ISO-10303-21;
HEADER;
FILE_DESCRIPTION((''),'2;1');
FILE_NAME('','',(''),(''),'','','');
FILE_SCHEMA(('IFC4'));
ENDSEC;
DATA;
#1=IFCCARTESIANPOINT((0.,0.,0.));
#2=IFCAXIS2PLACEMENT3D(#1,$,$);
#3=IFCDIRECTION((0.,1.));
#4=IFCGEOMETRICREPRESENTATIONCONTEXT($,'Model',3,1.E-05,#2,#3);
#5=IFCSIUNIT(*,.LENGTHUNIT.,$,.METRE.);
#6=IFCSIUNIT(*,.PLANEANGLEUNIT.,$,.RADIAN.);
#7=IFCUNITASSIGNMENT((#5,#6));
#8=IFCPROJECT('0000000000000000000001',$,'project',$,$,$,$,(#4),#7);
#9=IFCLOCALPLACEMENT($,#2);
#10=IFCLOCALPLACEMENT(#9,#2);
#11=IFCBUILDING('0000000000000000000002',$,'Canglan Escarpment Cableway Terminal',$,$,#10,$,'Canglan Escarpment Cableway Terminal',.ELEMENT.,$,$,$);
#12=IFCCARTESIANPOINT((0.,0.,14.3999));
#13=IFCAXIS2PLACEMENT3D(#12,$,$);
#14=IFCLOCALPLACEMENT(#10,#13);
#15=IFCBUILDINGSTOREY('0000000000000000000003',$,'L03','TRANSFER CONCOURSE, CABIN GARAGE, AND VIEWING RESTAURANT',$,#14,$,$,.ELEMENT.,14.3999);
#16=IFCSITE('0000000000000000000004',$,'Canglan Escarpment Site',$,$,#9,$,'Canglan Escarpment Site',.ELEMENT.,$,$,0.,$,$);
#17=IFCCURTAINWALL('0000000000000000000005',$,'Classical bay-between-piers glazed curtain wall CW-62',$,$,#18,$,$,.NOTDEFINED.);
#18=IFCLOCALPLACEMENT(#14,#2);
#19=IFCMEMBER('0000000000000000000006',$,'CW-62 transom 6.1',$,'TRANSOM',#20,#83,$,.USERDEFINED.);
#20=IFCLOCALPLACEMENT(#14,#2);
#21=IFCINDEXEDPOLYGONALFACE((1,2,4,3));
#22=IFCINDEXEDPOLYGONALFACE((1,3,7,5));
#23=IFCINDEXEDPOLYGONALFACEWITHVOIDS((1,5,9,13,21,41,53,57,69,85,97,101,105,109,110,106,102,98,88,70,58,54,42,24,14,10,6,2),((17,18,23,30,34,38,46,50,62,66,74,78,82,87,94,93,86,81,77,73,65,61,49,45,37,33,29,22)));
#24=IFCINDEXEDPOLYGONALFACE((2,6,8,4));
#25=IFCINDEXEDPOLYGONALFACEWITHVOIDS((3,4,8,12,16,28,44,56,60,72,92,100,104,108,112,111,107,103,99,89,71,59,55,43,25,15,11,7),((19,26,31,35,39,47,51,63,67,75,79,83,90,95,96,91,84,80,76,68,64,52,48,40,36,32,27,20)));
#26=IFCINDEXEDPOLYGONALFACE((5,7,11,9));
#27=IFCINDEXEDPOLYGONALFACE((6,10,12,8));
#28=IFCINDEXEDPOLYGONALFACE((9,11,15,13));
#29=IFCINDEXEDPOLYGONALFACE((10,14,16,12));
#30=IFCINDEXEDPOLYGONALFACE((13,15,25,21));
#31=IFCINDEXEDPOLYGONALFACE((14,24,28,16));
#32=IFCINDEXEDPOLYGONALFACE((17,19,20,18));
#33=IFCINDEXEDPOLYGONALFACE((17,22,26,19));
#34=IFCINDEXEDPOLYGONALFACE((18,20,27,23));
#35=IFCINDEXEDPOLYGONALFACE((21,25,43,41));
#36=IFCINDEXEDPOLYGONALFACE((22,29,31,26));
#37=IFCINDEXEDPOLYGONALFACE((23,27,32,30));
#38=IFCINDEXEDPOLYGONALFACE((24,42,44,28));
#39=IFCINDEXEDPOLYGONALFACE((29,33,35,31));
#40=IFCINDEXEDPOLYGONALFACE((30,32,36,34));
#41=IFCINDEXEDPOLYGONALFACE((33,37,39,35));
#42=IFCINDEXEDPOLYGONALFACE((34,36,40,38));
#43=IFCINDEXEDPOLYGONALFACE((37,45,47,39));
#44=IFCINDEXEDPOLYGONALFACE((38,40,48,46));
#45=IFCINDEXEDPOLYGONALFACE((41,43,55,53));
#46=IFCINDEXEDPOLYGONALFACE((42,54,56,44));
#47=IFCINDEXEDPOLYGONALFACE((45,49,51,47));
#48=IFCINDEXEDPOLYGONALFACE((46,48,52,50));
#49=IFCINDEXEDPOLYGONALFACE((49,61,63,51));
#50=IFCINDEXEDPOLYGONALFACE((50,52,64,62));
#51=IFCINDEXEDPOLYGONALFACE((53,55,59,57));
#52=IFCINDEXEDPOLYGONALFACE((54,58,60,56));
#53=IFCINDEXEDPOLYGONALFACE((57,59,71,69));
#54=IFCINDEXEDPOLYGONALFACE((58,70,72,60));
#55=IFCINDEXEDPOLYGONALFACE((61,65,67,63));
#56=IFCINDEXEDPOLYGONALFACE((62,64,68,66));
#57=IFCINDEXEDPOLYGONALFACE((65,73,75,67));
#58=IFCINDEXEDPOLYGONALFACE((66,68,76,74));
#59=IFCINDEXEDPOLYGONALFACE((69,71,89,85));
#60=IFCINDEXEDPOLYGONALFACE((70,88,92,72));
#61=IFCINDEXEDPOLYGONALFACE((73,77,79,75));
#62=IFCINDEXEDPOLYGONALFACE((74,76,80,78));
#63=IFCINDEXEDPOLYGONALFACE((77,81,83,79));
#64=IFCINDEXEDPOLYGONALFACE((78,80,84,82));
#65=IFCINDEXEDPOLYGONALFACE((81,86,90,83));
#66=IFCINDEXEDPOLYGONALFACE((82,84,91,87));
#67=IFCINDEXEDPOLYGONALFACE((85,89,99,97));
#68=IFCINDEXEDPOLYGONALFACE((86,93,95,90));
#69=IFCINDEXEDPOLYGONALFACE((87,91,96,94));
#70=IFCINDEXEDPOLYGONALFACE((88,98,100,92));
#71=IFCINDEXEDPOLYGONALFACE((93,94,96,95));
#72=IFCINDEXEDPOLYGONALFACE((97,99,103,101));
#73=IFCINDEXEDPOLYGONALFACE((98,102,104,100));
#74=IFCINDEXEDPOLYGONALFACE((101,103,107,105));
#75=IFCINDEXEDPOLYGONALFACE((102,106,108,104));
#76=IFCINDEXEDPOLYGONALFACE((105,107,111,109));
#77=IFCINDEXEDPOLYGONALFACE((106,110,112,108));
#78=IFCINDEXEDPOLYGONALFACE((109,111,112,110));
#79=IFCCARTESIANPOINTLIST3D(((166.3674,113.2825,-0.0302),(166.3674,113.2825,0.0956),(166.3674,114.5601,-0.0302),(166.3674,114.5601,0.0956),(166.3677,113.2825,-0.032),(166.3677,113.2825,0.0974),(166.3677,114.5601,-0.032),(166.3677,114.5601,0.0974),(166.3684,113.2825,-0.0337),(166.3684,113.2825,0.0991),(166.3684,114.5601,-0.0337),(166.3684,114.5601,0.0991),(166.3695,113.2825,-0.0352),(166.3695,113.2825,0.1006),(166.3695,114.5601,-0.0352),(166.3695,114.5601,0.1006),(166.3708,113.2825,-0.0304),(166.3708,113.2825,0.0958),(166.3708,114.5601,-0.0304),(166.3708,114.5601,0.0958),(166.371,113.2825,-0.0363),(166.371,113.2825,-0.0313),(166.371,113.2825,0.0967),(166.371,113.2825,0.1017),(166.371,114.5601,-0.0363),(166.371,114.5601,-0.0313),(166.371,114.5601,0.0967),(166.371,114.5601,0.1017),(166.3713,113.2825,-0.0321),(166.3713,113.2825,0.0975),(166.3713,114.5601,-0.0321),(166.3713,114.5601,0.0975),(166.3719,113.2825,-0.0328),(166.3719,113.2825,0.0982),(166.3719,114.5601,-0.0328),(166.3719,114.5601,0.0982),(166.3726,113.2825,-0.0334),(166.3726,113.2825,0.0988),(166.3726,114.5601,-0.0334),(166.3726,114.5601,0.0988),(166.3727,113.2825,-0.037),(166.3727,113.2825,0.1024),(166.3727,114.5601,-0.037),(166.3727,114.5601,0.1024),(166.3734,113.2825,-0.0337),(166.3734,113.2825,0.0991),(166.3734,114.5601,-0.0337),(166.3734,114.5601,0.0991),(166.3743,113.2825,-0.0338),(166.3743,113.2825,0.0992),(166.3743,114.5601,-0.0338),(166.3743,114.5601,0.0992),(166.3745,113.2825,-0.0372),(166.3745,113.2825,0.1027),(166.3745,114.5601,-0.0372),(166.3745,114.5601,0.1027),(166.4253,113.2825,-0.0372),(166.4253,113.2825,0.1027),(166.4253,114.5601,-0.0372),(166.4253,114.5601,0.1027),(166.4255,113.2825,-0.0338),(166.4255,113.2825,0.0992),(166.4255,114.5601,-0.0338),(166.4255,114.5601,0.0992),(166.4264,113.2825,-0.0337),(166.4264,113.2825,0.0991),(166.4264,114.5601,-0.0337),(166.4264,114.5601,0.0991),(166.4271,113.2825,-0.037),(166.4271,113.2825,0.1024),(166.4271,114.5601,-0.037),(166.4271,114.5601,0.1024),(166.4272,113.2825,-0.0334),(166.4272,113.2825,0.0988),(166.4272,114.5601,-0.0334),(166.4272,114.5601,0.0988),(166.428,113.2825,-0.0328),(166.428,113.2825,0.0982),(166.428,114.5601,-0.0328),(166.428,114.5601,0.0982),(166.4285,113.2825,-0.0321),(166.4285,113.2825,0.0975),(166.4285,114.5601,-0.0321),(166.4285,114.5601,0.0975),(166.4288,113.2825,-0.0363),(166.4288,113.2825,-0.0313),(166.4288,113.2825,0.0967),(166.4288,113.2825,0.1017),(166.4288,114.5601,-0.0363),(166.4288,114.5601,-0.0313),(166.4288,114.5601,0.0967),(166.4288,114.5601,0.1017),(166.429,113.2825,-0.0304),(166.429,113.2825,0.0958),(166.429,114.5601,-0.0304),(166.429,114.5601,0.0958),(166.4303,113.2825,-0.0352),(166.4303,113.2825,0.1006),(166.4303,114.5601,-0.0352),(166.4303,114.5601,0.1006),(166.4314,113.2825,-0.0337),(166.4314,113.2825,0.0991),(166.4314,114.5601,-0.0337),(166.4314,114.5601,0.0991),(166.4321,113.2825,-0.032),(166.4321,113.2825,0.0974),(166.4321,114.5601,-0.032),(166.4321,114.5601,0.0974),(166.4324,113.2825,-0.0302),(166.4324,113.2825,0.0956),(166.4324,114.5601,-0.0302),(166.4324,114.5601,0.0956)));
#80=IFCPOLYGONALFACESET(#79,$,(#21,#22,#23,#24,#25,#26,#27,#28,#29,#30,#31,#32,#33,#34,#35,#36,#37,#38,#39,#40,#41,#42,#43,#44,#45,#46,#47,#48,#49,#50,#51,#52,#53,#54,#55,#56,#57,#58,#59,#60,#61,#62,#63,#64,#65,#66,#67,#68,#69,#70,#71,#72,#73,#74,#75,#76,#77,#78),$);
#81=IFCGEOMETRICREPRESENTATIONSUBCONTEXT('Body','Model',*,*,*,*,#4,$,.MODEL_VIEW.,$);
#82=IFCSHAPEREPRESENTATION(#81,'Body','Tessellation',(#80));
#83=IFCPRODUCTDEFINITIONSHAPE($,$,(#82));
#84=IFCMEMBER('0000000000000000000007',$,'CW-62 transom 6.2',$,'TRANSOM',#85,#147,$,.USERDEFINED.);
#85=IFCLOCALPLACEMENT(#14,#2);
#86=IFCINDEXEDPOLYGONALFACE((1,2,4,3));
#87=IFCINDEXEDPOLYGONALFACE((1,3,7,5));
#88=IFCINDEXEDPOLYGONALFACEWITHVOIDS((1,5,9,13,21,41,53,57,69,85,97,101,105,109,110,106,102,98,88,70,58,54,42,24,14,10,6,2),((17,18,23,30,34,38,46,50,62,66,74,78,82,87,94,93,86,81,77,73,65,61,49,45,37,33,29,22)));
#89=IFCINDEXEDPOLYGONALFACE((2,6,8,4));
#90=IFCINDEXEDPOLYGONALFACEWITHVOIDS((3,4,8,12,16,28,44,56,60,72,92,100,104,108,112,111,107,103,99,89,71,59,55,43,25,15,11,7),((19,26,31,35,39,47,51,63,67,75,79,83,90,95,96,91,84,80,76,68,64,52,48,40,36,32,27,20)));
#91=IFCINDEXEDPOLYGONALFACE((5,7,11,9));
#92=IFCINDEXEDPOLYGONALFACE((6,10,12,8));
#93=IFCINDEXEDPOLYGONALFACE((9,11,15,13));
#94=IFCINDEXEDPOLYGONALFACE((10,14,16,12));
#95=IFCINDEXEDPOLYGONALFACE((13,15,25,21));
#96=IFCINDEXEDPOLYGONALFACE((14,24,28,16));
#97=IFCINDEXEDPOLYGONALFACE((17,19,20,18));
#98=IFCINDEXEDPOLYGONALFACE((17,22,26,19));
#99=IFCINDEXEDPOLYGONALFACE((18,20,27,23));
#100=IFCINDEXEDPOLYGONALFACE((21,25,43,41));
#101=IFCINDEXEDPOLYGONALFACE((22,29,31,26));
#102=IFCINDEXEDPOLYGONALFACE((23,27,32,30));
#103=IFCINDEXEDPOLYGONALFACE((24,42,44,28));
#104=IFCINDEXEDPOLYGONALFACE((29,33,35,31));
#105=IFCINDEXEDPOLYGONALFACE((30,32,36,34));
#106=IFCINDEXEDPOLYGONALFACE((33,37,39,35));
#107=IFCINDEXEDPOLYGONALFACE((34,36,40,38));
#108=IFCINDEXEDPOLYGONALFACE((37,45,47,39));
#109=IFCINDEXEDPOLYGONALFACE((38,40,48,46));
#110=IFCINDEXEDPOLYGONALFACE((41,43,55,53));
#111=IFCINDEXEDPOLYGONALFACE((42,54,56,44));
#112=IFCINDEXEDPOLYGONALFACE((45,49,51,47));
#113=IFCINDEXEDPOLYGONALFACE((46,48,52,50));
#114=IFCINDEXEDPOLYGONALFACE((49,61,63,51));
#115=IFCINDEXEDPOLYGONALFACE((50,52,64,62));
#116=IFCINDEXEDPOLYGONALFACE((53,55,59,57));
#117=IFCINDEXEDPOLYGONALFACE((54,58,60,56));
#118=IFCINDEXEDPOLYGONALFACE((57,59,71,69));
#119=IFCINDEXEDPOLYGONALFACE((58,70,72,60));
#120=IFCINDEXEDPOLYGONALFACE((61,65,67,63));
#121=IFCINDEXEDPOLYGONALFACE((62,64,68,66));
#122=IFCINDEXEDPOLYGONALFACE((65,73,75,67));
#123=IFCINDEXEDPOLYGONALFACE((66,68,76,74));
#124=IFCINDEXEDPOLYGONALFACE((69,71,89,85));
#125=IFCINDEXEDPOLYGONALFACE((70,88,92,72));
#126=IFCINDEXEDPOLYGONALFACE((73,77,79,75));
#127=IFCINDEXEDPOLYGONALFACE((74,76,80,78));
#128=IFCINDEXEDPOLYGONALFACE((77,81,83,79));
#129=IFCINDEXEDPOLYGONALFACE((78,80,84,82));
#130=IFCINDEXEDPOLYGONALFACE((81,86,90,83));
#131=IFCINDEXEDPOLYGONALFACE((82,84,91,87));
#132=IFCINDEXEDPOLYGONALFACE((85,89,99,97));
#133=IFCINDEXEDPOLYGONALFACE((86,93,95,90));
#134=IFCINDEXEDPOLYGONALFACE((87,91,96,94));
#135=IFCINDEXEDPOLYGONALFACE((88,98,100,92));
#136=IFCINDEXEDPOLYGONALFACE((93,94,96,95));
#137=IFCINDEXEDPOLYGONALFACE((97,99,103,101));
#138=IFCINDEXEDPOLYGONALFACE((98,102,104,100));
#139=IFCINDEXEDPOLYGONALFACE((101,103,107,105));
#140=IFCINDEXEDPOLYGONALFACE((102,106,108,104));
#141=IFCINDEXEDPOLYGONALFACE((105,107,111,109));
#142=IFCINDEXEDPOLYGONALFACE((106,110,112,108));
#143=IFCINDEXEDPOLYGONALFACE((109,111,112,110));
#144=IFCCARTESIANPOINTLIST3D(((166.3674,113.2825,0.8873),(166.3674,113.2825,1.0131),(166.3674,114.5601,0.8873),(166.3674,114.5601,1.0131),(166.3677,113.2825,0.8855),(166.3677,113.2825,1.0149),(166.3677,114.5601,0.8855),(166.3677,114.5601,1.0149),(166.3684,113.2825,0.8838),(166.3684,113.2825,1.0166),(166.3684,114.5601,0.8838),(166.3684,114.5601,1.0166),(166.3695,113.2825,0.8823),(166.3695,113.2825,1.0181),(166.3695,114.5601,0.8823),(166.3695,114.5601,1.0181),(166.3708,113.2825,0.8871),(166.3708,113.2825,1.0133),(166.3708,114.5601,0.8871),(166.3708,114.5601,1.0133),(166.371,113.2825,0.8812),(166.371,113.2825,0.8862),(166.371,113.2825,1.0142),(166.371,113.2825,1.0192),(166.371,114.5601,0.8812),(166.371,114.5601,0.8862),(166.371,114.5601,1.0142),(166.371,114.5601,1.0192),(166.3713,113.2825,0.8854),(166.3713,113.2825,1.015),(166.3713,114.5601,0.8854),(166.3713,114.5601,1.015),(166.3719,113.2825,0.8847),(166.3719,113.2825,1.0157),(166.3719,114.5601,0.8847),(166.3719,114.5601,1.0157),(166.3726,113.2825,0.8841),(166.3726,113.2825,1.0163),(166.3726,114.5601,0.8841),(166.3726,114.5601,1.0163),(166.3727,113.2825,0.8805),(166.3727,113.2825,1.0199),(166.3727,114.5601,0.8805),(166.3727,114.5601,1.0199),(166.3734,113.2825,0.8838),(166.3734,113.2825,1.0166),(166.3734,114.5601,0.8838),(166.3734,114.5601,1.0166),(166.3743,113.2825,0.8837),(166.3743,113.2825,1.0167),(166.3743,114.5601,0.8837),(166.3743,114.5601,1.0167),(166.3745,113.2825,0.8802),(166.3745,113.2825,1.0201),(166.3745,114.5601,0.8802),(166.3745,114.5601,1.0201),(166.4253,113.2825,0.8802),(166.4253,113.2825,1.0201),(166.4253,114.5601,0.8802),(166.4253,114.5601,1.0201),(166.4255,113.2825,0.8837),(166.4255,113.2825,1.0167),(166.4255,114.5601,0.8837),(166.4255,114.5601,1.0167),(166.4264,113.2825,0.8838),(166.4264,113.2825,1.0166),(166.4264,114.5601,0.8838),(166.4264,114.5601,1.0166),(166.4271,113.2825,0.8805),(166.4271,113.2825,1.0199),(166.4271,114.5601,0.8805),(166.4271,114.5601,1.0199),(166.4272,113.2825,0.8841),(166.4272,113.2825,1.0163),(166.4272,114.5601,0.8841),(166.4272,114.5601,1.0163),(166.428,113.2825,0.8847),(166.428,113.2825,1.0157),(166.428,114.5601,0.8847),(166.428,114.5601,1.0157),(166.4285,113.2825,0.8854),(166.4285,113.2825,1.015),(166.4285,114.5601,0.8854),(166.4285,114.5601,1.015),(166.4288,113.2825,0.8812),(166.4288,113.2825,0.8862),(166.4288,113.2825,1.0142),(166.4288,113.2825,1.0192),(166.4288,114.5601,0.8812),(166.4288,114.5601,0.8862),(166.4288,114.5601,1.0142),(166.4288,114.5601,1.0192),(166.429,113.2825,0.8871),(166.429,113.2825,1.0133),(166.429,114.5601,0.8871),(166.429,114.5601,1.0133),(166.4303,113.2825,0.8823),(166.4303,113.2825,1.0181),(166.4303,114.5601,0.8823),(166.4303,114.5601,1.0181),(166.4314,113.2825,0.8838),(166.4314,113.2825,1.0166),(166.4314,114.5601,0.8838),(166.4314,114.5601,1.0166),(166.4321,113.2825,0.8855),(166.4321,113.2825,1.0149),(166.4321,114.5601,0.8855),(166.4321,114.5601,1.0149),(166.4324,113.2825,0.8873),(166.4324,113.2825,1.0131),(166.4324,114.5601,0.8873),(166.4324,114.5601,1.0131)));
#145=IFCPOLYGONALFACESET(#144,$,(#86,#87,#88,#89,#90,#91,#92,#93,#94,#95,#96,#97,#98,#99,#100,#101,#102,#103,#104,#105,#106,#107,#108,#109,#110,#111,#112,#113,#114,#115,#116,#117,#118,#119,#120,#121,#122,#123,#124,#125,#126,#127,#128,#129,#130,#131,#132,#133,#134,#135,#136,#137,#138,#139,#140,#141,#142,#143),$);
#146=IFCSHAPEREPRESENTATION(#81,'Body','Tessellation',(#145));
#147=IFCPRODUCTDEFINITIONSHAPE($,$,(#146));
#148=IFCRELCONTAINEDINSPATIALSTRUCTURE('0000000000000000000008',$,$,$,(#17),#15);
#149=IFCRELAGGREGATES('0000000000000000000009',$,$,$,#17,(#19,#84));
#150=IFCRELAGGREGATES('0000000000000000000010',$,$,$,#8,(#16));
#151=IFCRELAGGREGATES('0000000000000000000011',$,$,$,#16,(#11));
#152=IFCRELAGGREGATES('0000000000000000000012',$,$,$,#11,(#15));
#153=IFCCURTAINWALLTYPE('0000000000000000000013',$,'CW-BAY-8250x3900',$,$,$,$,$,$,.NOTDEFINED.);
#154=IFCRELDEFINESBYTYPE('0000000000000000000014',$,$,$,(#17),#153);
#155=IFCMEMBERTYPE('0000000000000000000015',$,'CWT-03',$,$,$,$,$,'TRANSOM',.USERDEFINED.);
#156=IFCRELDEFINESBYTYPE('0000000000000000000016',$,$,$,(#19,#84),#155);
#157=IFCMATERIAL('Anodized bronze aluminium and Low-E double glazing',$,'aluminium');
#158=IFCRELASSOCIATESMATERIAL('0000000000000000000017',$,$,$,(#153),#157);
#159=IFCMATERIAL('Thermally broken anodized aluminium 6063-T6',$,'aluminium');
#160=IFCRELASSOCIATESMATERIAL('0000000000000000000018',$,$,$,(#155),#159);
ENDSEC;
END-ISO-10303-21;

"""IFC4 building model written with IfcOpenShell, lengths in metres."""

from ifc_helpers import new_model, si_unit, direction, frame, origin, origin_2d, place, context, subcontext, project, spatial, hollow_rectangle, extrude, material, material_profile, profile_set, type_object, element, aggregate, save


model = new_model("IFC4")

# Units and contexts
model_context = context("Model", 3, precision=1e-05, world=origin(), true_north=direction((0.0, 1.0)))
body_context = subcontext(model_context, "Body", "Model", "MODEL_VIEW")
ifc_project = project(units=[si_unit("LENGTHUNIT", "METRE"), si_unit("PLANEANGLEUNIT", "RADIAN")], contexts=[model_context])

# Site, building, storey
site_placement = place(None, origin())
site = spatial("IfcSite", under=ifc_project, at=site_placement, Name="Canglan Escarpment Site", LongName="Canglan Escarpment Site", CompositionType="ELEMENT", RefElevation=0.0)
building_placement = place(site_placement, origin())
building = spatial("IfcBuilding", under=site, at=building_placement, Name="Canglan Escarpment Cableway Terminal", LongName="Canglan Escarpment Cableway Terminal", CompositionType="ELEMENT")
storey_placement = place(building_placement, frame((0.0, 0.0, 14.3999)))
storey = spatial("IfcBuildingStorey", under=building, at=storey_placement, Name="L03", Description="TRANSFER CONCOURSE, CABIN GARAGE, AND VIEWING RESTAURANT", CompositionType="ELEMENT", Elevation=14.3999)

# Curtain wall, members
ifc_material_1 = material(Name="Anodized bronze aluminium and Low-E double glazing", Category="aluminium")
curtain_wall_type = type_object("IfcCurtainWallType", Name="CW-BAY-8250x3900", PredefinedType="NOTDEFINED", material=ifc_material_1)
curtain_wall_placement = place(storey_placement, origin())
curtain_wall = element("IfcCurtainWall", 1, at=curtain_wall_placement, inside=storey, type_object=curtain_wall_type, Name="Classical bay-between-piers glazed curtain wall CW-62", PredefinedType="NOTDEFINED")
ifc_material_2 = material(Name="Thermally broken anodized aluminium 6063-T6", Category="aluminium")
ifc_material_profile_1 = material_profile(ifc_material_2, hollow_rectangle(XDim=0.0649, YDim=0.1399, WallThickness=0.0034, InnerFilletRadius=0.0034, OuterFilletRadius=0.0071, at=origin_2d()), Name="ALU-TRAN 65x140x3.5")
ifc_profile_set_1 = profile_set([ifc_material_profile_1], Name="Thermally broken anodized aluminium 6063-T6")
member_type_1 = type_object("IfcMemberType", Name="CWT-03", ElementType="TRANSOM", PredefinedType="USERDEFINED", material=ifc_profile_set_1)
member_1_placement = place(storey_placement, frame((166.3999, 113.2825, 0.0327), z_axis=(0.0, 1.0, 0.0), x_axis=(-1.0, 0.0, 0.0)))
member_1 = element("IfcMember", 2, at=member_1_placement, type_object=member_type_1, Name="CW-62 transom 6.1", ObjectType="TRANSOM", PredefinedType="USERDEFINED", context=body_context, shape_type="SweptSolid", body=[
    extrude(hollow_rectangle(XDim=0.0649, YDim=0.1399, WallThickness=0.0034, InnerFilletRadius=0.0034, OuterFilletRadius=0.0071, at=origin_2d()), origin(), (0.0, 0.0, 1.0), 1.2776),
])
member_2_placement = place(storey_placement, frame((166.3999, 113.2825, 0.9502), z_axis=(0.0, 1.0, 0.0), x_axis=(-1.0, 0.0, 0.0)))
member_2 = element("IfcMember", 3, at=member_2_placement, type_object=member_type_1, Name="CW-62 transom 6.2", ObjectType="TRANSOM", PredefinedType="USERDEFINED", context=body_context, shape_type="SweptSolid", body=[
    extrude(hollow_rectangle(XDim=0.0649, YDim=0.1399, WallThickness=0.0034, InnerFilletRadius=0.0034, OuterFilletRadius=0.0071, at=origin_2d()), origin(), (0.0, 0.0, 1.0), 1.2776),
])
aggregate(curtain_wall, [member_1, member_2])

save(model, "model.ifc")
